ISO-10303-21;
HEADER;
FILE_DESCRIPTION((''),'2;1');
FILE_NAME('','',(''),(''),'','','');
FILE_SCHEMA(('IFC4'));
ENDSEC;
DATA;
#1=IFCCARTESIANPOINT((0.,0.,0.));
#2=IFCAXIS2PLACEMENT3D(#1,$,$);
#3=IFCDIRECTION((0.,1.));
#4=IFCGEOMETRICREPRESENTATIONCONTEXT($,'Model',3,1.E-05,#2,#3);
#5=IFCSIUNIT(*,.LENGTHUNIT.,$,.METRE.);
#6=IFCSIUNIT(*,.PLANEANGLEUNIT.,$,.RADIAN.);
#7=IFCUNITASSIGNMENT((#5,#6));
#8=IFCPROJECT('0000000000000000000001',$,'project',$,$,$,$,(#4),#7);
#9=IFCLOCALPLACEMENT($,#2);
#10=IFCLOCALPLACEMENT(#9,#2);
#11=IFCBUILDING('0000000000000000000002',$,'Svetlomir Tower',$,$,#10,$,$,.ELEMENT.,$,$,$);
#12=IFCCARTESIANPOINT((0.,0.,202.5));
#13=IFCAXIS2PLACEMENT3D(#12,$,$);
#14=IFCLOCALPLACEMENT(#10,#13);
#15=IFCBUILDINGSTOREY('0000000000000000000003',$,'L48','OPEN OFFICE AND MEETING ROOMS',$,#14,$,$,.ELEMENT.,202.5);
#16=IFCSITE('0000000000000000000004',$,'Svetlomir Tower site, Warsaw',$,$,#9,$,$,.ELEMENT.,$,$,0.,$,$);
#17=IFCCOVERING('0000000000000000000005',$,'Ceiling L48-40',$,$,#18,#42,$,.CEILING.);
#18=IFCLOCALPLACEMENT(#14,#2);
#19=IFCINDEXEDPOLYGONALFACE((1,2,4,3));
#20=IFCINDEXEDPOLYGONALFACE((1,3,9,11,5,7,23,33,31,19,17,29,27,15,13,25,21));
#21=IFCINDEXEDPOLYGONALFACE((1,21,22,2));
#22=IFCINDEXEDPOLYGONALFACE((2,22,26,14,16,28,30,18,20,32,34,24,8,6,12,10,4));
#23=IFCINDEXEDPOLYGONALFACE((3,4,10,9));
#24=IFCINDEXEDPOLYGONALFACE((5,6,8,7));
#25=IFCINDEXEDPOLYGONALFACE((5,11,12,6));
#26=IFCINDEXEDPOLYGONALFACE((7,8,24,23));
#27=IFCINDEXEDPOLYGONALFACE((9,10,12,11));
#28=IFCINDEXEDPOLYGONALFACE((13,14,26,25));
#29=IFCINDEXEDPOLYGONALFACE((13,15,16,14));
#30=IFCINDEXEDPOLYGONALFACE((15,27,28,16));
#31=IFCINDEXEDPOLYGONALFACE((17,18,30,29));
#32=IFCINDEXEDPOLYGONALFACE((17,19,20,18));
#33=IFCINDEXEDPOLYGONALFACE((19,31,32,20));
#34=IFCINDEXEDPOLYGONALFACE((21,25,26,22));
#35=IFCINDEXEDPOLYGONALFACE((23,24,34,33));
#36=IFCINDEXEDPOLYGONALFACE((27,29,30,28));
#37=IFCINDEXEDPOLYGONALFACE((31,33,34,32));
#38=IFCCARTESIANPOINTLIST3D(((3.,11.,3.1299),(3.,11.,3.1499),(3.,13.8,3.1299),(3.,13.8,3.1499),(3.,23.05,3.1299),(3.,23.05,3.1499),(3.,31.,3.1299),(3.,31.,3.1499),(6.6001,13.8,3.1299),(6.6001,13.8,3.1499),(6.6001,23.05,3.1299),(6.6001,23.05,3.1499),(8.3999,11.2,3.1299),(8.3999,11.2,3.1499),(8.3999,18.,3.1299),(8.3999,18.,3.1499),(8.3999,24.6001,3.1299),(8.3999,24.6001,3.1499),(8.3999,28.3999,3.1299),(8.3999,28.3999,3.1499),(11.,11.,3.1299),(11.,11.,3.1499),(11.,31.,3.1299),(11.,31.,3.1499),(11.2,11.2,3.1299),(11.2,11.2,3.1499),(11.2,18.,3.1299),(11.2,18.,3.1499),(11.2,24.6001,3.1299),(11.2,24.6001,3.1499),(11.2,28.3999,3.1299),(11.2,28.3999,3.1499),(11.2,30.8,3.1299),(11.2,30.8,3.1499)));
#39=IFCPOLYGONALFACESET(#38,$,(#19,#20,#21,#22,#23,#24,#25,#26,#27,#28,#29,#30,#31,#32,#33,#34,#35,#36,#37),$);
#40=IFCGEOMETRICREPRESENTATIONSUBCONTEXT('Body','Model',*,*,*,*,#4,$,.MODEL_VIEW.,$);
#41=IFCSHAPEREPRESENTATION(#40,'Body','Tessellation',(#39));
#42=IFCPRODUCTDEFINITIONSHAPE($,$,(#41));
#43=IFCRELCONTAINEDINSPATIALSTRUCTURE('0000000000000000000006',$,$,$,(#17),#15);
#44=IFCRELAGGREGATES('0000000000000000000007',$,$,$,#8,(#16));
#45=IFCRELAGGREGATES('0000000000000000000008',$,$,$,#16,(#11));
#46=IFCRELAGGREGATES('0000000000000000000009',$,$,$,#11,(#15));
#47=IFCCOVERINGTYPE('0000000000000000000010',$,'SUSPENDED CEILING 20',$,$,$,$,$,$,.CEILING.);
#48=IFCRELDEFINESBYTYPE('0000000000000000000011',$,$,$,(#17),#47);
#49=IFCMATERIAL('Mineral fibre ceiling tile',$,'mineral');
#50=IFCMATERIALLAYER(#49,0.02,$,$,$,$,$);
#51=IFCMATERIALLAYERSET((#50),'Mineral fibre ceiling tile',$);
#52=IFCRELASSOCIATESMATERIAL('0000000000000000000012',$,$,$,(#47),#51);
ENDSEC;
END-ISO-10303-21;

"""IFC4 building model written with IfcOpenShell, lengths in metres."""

from ifc_helpers import new_model, si_unit, direction, frame, origin, place, context, subcontext, project, spatial, polyline, outline, extrude, material, layer, layer_set, type_object, element, save


model = new_model("IFC4")

# Units and contexts
model_context = context("Model", 3, precision=1e-05, world=origin(), true_north=direction((0.0, 1.0)))
body_context = subcontext(model_context, "Body", "Model", "MODEL_VIEW")
ifc_project = project(units=[si_unit("LENGTHUNIT", "METRE"), si_unit("PLANEANGLEUNIT", "RADIAN")], contexts=[model_context])

# Site, building, storey
site_placement = place(None, origin())
site = spatial("IfcSite", under=ifc_project, at=site_placement, Name="Svetlomir Tower site, Warsaw", CompositionType="ELEMENT", RefElevation=0.0)
building_placement = place(site_placement, origin())
building = spatial("IfcBuilding", under=site, at=building_placement, Name="Svetlomir Tower", CompositionType="ELEMENT")
storey_placement = place(building_placement, frame((0.0, 0.0, 202.5)))
storey = spatial("IfcBuildingStorey", under=building, at=storey_placement, Name="L48", Description="OPEN OFFICE AND MEETING ROOMS", CompositionType="ELEMENT", Elevation=202.5)

# Covering
ifc_material_1 = material(Name="Mineral fibre ceiling tile", Category="mineral")
ifc_layer_1 = layer(ifc_material_1, 0.02)
ifc_layer_set_1 = layer_set([ifc_layer_1], Name="Mineral fibre ceiling tile")
covering_type_1 = type_object("IfcCoveringType", Name="SUSPENDED CEILING 20", PredefinedType="CEILING", material=ifc_layer_set_1)
covering_1_placement = place(storey_placement, frame((0.0, 0.0, 3.1299)))
element("IfcCovering", 1, at=covering_1_placement, inside=storey, type_object=covering_type_1, Name="Ceiling L48-40", PredefinedType="CEILING", context=body_context, shape_type="SweptSolid", body=[
    extrude(outline(polyline([(3.0, 13.8), (6.6001, 13.8), (6.6001, 23.05), (3.0, 23.05), (3.0, 31.0), (11.0, 31.0), (11.2, 30.8), (11.2, 28.3999), (8.3999, 28.3999), (8.3999, 24.6001), (11.2, 24.6001), (11.2, 18.0), (8.3999, 18.0), (8.3999, 11.2), (11.2, 11.2), (11.0, 11.0), (3.0, 11.0), (3.0, 13.8)])), origin(), (0.0, 0.0, 1.0), 0.02),
])

save(model, "model.ifc")
